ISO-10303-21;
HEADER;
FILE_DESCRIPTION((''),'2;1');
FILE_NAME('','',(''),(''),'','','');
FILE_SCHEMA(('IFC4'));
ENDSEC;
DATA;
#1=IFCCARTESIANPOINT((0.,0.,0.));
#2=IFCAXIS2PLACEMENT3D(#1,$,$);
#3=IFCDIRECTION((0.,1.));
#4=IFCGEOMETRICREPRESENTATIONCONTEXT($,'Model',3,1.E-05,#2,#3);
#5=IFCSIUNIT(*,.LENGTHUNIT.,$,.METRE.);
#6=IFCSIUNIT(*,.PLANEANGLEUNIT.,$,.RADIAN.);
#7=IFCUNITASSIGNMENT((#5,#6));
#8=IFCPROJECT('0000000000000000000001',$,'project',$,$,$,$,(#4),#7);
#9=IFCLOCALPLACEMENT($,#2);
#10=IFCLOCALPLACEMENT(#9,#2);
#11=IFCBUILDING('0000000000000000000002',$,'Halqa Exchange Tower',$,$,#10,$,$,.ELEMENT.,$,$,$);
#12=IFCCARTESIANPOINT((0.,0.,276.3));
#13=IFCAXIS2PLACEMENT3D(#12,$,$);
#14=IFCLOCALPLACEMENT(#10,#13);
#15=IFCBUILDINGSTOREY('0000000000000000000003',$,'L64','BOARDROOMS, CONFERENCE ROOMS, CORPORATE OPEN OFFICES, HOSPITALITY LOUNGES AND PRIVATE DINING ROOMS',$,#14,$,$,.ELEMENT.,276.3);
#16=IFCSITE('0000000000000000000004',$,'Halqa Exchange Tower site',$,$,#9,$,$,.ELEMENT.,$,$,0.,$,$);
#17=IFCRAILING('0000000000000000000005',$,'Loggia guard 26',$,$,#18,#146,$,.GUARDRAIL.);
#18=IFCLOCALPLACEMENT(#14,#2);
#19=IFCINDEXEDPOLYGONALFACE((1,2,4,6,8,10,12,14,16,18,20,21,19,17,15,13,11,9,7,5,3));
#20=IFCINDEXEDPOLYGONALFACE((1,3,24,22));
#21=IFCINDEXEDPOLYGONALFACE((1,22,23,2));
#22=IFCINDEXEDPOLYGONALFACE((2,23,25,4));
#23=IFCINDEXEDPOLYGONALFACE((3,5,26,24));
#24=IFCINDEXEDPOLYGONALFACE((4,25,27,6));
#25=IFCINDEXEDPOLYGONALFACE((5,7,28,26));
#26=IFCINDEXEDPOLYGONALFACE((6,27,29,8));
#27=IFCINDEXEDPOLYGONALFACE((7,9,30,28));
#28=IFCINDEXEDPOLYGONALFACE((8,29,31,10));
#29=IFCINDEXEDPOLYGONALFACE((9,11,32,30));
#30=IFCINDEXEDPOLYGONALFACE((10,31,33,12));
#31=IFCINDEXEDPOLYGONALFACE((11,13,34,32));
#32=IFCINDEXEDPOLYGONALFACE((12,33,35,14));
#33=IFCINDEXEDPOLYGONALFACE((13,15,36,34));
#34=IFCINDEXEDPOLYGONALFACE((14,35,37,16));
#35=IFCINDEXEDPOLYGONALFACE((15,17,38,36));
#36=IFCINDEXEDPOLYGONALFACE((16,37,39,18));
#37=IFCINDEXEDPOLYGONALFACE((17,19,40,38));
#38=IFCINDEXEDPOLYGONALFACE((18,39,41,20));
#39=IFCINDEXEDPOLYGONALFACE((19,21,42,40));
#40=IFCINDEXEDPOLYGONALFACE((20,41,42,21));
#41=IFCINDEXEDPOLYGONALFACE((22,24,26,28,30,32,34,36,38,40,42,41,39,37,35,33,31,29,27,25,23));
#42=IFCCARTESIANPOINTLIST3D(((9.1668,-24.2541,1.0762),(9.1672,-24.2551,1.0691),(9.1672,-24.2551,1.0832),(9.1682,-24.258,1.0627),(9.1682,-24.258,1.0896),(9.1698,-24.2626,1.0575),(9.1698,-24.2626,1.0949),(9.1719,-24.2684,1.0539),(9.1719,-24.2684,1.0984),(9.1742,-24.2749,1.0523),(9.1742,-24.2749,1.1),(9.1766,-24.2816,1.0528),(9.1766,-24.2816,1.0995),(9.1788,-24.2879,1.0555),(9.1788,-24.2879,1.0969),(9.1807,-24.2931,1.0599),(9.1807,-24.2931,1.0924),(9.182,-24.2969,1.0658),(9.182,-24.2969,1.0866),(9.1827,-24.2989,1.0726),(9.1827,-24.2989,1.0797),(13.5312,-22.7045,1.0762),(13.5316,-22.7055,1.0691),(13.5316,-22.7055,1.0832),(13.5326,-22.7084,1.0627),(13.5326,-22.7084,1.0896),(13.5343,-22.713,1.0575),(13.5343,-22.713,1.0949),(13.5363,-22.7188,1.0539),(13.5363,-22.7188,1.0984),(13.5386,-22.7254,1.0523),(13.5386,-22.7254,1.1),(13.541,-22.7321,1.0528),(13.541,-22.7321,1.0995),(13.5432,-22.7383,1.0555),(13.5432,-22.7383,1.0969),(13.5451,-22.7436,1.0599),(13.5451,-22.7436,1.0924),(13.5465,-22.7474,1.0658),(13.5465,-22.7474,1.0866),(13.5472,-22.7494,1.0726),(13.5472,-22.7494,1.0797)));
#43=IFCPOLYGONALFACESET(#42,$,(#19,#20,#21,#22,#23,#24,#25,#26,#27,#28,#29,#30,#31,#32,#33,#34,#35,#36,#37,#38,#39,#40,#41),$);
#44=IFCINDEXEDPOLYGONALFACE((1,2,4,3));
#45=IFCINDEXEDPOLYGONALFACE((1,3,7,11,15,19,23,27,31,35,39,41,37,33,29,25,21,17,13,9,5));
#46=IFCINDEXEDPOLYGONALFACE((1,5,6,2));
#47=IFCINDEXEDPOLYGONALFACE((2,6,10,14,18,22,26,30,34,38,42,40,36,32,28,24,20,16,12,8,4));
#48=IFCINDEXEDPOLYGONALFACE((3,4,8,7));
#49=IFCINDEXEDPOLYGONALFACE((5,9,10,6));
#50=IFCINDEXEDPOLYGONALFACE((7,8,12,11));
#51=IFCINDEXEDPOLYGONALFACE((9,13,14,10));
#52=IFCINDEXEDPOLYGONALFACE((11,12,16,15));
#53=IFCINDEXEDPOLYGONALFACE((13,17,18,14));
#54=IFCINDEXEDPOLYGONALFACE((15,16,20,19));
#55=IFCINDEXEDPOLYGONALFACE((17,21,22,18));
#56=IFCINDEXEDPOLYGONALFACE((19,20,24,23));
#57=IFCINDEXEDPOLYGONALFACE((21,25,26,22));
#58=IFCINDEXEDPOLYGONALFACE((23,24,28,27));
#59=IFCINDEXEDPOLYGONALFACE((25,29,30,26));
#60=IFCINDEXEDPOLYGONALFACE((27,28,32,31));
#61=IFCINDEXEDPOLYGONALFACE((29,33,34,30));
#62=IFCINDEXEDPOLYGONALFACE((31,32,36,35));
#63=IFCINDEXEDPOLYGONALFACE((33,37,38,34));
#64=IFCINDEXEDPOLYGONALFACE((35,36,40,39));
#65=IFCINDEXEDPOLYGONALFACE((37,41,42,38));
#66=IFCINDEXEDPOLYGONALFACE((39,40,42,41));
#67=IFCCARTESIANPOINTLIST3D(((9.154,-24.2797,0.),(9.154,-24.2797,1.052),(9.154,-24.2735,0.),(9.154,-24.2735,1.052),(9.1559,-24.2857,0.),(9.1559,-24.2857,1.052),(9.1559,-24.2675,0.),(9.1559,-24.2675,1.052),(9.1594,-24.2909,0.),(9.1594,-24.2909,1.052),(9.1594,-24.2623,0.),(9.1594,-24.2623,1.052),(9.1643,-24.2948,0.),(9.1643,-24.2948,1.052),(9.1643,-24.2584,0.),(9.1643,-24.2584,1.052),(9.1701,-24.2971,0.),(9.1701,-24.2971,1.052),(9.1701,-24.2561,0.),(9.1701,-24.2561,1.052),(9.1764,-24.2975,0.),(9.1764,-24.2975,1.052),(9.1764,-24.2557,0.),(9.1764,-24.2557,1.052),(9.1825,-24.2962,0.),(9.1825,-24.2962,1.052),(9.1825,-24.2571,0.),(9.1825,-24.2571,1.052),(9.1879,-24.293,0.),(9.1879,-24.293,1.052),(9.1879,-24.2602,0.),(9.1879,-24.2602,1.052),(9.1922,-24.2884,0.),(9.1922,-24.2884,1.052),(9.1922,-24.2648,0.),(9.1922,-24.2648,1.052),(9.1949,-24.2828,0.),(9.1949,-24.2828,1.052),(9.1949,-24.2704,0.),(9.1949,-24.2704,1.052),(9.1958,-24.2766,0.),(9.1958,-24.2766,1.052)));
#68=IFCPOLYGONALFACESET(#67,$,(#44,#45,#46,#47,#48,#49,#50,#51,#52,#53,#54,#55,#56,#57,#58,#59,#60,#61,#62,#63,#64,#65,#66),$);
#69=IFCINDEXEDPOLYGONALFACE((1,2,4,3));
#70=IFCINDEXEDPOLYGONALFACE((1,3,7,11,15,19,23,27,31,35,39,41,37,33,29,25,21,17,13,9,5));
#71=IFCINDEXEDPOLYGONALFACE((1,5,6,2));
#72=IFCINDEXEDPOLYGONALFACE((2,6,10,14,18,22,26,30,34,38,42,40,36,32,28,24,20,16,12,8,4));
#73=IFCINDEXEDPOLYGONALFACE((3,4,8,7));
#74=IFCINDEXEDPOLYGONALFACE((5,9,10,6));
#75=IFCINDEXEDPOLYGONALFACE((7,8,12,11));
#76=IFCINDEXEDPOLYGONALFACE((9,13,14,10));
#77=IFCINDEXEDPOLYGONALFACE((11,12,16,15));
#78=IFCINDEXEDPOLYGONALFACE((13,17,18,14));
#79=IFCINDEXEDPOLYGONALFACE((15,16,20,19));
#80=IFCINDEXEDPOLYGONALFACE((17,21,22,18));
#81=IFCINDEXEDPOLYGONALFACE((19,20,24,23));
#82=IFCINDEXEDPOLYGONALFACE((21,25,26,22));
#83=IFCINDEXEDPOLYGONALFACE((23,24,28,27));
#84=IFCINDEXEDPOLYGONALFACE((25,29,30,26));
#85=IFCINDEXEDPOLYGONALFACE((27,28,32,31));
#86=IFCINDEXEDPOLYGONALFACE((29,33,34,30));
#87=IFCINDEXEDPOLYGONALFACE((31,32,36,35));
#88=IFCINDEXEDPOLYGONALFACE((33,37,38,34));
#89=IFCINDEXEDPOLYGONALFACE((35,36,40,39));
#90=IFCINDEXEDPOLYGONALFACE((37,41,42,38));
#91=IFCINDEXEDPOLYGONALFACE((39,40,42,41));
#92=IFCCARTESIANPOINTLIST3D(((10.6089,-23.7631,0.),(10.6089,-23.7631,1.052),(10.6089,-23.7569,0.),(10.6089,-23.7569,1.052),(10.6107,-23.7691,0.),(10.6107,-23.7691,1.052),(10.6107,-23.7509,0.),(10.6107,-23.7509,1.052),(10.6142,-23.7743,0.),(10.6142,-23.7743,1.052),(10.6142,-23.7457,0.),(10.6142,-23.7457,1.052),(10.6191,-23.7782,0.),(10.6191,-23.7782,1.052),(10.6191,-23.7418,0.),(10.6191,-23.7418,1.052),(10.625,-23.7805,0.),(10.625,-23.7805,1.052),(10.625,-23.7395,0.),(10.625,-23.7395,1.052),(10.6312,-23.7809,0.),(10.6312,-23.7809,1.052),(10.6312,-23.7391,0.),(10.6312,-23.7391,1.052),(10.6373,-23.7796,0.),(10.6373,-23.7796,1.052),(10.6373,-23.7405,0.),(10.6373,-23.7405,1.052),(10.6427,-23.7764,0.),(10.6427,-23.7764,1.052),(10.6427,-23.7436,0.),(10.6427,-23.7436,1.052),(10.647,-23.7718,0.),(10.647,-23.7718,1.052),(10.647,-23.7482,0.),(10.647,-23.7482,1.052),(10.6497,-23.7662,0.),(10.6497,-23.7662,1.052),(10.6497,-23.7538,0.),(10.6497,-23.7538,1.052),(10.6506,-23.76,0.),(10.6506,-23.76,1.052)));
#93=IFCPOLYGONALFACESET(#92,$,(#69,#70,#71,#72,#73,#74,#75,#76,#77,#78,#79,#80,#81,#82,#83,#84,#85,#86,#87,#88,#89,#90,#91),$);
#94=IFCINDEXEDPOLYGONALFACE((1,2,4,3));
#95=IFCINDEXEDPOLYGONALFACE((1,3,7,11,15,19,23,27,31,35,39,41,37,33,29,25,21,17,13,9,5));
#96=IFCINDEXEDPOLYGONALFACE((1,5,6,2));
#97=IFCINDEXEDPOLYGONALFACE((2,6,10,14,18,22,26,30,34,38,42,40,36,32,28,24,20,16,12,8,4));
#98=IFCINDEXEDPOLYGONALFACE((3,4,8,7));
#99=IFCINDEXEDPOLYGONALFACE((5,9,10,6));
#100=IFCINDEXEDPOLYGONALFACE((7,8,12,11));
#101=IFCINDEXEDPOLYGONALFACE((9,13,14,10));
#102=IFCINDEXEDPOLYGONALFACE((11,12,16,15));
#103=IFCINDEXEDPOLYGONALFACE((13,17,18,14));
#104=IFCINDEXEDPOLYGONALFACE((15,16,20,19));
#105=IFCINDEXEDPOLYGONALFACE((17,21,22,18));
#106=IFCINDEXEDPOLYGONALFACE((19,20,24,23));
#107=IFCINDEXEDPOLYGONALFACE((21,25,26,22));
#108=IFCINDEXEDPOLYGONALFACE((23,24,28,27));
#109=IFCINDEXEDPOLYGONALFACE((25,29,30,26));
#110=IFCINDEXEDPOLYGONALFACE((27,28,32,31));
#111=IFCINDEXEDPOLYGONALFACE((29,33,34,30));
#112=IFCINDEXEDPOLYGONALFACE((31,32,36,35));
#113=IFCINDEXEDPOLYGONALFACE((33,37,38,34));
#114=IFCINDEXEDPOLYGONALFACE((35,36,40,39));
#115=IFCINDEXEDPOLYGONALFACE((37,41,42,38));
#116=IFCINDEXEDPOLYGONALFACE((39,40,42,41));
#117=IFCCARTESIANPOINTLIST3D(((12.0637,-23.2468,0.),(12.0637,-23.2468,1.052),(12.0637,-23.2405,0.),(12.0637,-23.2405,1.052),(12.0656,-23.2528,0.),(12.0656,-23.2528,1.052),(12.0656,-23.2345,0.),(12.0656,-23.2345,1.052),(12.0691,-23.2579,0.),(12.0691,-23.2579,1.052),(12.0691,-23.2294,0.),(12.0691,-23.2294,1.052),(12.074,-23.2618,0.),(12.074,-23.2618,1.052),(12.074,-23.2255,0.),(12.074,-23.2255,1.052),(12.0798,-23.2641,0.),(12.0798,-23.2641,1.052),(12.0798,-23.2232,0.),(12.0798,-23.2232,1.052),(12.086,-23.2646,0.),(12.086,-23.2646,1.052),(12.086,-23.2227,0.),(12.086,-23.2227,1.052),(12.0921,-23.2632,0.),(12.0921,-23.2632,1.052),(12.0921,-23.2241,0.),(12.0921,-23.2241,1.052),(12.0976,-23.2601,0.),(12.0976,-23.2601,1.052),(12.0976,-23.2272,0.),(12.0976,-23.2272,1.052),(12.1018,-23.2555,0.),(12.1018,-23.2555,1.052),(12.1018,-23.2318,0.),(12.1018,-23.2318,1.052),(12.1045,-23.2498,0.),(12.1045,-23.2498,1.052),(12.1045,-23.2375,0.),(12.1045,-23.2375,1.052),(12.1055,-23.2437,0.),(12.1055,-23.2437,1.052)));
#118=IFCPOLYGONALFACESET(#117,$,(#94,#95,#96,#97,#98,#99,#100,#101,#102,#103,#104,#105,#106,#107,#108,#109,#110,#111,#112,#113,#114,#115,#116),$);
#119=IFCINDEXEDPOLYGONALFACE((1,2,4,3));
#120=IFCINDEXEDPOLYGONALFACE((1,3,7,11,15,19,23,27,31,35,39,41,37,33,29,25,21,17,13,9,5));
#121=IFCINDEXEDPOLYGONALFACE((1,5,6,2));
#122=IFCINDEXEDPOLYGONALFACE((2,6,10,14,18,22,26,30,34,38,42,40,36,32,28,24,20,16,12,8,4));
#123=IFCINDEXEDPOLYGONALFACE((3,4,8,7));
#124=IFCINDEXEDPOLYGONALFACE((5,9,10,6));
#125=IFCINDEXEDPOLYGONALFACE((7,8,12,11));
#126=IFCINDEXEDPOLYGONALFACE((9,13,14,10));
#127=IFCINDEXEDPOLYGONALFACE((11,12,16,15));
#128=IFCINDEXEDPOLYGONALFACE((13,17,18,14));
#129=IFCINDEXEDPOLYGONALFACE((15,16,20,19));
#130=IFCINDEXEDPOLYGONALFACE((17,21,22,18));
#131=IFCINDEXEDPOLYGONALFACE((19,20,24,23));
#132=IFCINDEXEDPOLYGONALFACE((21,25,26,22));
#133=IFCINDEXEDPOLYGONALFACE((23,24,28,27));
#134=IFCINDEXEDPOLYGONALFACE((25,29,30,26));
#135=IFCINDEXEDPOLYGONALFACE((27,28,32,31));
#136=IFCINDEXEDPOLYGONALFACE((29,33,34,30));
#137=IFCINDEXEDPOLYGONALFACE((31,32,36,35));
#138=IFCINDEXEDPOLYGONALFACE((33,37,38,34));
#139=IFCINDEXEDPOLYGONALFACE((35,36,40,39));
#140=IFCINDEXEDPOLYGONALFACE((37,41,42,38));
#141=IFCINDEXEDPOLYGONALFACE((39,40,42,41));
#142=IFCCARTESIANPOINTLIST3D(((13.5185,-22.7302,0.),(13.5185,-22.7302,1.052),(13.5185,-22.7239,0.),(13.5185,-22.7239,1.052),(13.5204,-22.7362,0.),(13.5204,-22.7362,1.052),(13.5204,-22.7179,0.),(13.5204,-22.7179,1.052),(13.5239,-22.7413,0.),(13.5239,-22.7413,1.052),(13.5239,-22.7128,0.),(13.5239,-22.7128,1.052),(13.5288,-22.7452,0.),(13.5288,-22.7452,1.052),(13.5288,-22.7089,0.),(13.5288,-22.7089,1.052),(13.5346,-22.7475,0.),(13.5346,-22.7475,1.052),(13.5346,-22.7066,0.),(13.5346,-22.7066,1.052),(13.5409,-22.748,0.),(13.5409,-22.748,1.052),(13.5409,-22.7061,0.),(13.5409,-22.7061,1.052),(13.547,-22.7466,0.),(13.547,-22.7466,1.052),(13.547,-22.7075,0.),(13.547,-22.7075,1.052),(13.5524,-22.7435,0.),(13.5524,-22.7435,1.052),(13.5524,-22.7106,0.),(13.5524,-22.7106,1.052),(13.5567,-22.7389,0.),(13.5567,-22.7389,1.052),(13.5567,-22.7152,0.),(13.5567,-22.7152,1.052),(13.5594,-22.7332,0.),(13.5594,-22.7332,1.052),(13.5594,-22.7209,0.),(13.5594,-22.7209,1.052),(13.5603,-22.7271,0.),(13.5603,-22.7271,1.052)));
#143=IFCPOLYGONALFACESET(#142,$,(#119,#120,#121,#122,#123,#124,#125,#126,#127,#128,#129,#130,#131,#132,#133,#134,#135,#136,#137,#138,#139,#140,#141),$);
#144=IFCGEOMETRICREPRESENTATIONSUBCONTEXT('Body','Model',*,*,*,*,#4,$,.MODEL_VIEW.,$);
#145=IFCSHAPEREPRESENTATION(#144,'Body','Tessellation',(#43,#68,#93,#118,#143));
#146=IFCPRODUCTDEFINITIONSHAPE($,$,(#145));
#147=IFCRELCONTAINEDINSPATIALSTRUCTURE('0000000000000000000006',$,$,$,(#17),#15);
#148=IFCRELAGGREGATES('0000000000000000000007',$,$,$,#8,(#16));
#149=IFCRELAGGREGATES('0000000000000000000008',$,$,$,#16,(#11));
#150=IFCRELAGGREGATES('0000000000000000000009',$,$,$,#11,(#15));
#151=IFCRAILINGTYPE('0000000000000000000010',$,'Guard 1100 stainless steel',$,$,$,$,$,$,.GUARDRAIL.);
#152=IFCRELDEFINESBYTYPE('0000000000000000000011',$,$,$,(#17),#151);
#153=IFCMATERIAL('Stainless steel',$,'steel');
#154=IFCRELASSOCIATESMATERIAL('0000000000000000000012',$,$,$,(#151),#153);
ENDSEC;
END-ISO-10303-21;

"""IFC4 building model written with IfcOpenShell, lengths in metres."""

from ifc_helpers import new_model, si_unit, direction, frame, origin, origin_2d, place, context, subcontext, project, spatial, circle, extrude, material, type_object, element, save


model = new_model("IFC4")

# Units and contexts
model_context = context("Model", 3, precision=1e-05, world=origin(), true_north=direction((0.0, 1.0)))
body_context = subcontext(model_context, "Body", "Model", "MODEL_VIEW")
ifc_project = project(units=[si_unit("LENGTHUNIT", "METRE"), si_unit("PLANEANGLEUNIT", "RADIAN")], contexts=[model_context])

# Site, building, storey
site_placement = place(None, origin())
site = spatial("IfcSite", under=ifc_project, at=site_placement, Name="Halqa Exchange Tower site", CompositionType="ELEMENT", RefElevation=0.0)
building_placement = place(site_placement, origin())
building = spatial("IfcBuilding", under=site, at=building_placement, Name="Halqa Exchange Tower", CompositionType="ELEMENT")
storey_placement = place(building_placement, frame((0.0, 0.0, 276.3)))
storey = spatial("IfcBuildingStorey", under=building, at=storey_placement, Name="L64", Description="BOARDROOMS, CONFERENCE ROOMS, CORPORATE OPEN OFFICES, HOSPITALITY LOUNGES AND PRIVATE DINING ROOMS", CompositionType="ELEMENT", Elevation=276.3)

# Railing
ifc_material_1 = material(Name="Stainless steel", Category="steel")
railing_type = type_object("IfcRailingType", Name="Guard 1100 stainless steel", PredefinedType="GUARDRAIL", material=ifc_material_1)
railing_1_placement = place(storey_placement, frame((9.1748, -24.2766, 0.0)))
element("IfcRailing", 1, at=railing_1_placement, inside=storey, type_object=railing_type, Name="Loggia guard 26", PredefinedType="GUARDRAIL", context=body_context, shape_type="SweptSolid", body=[
    extrude(circle(Radius=0.0239, at=origin_2d()), frame((0.0, 0.0, 1.0762), z_axis=(0.942369, 0.334576, 0.0), x_axis=(-0.334576, 0.942369, 0.0)), (0.0, 0.0, 1.0), 4.6313),
    extrude(circle(Radius=0.021, at=origin_2d()), origin(), (0.0, 0.0, 1.0), 1.052),
    extrude(circle(Radius=0.021, at=origin_2d()), frame((1.4548, 0.5166, 0.0)), (0.0, 0.0, 1.0), 1.052),
    extrude(circle(Radius=0.021, at=origin_2d()), frame((2.9097, 1.033, 0.0)), (0.0, 0.0, 1.0), 1.052),
    extrude(circle(Radius=0.021, at=origin_2d()), frame((4.3645, 1.5496, 0.0)), (0.0, 0.0, 1.0), 1.052),
])

save(model, "model.ifc")
